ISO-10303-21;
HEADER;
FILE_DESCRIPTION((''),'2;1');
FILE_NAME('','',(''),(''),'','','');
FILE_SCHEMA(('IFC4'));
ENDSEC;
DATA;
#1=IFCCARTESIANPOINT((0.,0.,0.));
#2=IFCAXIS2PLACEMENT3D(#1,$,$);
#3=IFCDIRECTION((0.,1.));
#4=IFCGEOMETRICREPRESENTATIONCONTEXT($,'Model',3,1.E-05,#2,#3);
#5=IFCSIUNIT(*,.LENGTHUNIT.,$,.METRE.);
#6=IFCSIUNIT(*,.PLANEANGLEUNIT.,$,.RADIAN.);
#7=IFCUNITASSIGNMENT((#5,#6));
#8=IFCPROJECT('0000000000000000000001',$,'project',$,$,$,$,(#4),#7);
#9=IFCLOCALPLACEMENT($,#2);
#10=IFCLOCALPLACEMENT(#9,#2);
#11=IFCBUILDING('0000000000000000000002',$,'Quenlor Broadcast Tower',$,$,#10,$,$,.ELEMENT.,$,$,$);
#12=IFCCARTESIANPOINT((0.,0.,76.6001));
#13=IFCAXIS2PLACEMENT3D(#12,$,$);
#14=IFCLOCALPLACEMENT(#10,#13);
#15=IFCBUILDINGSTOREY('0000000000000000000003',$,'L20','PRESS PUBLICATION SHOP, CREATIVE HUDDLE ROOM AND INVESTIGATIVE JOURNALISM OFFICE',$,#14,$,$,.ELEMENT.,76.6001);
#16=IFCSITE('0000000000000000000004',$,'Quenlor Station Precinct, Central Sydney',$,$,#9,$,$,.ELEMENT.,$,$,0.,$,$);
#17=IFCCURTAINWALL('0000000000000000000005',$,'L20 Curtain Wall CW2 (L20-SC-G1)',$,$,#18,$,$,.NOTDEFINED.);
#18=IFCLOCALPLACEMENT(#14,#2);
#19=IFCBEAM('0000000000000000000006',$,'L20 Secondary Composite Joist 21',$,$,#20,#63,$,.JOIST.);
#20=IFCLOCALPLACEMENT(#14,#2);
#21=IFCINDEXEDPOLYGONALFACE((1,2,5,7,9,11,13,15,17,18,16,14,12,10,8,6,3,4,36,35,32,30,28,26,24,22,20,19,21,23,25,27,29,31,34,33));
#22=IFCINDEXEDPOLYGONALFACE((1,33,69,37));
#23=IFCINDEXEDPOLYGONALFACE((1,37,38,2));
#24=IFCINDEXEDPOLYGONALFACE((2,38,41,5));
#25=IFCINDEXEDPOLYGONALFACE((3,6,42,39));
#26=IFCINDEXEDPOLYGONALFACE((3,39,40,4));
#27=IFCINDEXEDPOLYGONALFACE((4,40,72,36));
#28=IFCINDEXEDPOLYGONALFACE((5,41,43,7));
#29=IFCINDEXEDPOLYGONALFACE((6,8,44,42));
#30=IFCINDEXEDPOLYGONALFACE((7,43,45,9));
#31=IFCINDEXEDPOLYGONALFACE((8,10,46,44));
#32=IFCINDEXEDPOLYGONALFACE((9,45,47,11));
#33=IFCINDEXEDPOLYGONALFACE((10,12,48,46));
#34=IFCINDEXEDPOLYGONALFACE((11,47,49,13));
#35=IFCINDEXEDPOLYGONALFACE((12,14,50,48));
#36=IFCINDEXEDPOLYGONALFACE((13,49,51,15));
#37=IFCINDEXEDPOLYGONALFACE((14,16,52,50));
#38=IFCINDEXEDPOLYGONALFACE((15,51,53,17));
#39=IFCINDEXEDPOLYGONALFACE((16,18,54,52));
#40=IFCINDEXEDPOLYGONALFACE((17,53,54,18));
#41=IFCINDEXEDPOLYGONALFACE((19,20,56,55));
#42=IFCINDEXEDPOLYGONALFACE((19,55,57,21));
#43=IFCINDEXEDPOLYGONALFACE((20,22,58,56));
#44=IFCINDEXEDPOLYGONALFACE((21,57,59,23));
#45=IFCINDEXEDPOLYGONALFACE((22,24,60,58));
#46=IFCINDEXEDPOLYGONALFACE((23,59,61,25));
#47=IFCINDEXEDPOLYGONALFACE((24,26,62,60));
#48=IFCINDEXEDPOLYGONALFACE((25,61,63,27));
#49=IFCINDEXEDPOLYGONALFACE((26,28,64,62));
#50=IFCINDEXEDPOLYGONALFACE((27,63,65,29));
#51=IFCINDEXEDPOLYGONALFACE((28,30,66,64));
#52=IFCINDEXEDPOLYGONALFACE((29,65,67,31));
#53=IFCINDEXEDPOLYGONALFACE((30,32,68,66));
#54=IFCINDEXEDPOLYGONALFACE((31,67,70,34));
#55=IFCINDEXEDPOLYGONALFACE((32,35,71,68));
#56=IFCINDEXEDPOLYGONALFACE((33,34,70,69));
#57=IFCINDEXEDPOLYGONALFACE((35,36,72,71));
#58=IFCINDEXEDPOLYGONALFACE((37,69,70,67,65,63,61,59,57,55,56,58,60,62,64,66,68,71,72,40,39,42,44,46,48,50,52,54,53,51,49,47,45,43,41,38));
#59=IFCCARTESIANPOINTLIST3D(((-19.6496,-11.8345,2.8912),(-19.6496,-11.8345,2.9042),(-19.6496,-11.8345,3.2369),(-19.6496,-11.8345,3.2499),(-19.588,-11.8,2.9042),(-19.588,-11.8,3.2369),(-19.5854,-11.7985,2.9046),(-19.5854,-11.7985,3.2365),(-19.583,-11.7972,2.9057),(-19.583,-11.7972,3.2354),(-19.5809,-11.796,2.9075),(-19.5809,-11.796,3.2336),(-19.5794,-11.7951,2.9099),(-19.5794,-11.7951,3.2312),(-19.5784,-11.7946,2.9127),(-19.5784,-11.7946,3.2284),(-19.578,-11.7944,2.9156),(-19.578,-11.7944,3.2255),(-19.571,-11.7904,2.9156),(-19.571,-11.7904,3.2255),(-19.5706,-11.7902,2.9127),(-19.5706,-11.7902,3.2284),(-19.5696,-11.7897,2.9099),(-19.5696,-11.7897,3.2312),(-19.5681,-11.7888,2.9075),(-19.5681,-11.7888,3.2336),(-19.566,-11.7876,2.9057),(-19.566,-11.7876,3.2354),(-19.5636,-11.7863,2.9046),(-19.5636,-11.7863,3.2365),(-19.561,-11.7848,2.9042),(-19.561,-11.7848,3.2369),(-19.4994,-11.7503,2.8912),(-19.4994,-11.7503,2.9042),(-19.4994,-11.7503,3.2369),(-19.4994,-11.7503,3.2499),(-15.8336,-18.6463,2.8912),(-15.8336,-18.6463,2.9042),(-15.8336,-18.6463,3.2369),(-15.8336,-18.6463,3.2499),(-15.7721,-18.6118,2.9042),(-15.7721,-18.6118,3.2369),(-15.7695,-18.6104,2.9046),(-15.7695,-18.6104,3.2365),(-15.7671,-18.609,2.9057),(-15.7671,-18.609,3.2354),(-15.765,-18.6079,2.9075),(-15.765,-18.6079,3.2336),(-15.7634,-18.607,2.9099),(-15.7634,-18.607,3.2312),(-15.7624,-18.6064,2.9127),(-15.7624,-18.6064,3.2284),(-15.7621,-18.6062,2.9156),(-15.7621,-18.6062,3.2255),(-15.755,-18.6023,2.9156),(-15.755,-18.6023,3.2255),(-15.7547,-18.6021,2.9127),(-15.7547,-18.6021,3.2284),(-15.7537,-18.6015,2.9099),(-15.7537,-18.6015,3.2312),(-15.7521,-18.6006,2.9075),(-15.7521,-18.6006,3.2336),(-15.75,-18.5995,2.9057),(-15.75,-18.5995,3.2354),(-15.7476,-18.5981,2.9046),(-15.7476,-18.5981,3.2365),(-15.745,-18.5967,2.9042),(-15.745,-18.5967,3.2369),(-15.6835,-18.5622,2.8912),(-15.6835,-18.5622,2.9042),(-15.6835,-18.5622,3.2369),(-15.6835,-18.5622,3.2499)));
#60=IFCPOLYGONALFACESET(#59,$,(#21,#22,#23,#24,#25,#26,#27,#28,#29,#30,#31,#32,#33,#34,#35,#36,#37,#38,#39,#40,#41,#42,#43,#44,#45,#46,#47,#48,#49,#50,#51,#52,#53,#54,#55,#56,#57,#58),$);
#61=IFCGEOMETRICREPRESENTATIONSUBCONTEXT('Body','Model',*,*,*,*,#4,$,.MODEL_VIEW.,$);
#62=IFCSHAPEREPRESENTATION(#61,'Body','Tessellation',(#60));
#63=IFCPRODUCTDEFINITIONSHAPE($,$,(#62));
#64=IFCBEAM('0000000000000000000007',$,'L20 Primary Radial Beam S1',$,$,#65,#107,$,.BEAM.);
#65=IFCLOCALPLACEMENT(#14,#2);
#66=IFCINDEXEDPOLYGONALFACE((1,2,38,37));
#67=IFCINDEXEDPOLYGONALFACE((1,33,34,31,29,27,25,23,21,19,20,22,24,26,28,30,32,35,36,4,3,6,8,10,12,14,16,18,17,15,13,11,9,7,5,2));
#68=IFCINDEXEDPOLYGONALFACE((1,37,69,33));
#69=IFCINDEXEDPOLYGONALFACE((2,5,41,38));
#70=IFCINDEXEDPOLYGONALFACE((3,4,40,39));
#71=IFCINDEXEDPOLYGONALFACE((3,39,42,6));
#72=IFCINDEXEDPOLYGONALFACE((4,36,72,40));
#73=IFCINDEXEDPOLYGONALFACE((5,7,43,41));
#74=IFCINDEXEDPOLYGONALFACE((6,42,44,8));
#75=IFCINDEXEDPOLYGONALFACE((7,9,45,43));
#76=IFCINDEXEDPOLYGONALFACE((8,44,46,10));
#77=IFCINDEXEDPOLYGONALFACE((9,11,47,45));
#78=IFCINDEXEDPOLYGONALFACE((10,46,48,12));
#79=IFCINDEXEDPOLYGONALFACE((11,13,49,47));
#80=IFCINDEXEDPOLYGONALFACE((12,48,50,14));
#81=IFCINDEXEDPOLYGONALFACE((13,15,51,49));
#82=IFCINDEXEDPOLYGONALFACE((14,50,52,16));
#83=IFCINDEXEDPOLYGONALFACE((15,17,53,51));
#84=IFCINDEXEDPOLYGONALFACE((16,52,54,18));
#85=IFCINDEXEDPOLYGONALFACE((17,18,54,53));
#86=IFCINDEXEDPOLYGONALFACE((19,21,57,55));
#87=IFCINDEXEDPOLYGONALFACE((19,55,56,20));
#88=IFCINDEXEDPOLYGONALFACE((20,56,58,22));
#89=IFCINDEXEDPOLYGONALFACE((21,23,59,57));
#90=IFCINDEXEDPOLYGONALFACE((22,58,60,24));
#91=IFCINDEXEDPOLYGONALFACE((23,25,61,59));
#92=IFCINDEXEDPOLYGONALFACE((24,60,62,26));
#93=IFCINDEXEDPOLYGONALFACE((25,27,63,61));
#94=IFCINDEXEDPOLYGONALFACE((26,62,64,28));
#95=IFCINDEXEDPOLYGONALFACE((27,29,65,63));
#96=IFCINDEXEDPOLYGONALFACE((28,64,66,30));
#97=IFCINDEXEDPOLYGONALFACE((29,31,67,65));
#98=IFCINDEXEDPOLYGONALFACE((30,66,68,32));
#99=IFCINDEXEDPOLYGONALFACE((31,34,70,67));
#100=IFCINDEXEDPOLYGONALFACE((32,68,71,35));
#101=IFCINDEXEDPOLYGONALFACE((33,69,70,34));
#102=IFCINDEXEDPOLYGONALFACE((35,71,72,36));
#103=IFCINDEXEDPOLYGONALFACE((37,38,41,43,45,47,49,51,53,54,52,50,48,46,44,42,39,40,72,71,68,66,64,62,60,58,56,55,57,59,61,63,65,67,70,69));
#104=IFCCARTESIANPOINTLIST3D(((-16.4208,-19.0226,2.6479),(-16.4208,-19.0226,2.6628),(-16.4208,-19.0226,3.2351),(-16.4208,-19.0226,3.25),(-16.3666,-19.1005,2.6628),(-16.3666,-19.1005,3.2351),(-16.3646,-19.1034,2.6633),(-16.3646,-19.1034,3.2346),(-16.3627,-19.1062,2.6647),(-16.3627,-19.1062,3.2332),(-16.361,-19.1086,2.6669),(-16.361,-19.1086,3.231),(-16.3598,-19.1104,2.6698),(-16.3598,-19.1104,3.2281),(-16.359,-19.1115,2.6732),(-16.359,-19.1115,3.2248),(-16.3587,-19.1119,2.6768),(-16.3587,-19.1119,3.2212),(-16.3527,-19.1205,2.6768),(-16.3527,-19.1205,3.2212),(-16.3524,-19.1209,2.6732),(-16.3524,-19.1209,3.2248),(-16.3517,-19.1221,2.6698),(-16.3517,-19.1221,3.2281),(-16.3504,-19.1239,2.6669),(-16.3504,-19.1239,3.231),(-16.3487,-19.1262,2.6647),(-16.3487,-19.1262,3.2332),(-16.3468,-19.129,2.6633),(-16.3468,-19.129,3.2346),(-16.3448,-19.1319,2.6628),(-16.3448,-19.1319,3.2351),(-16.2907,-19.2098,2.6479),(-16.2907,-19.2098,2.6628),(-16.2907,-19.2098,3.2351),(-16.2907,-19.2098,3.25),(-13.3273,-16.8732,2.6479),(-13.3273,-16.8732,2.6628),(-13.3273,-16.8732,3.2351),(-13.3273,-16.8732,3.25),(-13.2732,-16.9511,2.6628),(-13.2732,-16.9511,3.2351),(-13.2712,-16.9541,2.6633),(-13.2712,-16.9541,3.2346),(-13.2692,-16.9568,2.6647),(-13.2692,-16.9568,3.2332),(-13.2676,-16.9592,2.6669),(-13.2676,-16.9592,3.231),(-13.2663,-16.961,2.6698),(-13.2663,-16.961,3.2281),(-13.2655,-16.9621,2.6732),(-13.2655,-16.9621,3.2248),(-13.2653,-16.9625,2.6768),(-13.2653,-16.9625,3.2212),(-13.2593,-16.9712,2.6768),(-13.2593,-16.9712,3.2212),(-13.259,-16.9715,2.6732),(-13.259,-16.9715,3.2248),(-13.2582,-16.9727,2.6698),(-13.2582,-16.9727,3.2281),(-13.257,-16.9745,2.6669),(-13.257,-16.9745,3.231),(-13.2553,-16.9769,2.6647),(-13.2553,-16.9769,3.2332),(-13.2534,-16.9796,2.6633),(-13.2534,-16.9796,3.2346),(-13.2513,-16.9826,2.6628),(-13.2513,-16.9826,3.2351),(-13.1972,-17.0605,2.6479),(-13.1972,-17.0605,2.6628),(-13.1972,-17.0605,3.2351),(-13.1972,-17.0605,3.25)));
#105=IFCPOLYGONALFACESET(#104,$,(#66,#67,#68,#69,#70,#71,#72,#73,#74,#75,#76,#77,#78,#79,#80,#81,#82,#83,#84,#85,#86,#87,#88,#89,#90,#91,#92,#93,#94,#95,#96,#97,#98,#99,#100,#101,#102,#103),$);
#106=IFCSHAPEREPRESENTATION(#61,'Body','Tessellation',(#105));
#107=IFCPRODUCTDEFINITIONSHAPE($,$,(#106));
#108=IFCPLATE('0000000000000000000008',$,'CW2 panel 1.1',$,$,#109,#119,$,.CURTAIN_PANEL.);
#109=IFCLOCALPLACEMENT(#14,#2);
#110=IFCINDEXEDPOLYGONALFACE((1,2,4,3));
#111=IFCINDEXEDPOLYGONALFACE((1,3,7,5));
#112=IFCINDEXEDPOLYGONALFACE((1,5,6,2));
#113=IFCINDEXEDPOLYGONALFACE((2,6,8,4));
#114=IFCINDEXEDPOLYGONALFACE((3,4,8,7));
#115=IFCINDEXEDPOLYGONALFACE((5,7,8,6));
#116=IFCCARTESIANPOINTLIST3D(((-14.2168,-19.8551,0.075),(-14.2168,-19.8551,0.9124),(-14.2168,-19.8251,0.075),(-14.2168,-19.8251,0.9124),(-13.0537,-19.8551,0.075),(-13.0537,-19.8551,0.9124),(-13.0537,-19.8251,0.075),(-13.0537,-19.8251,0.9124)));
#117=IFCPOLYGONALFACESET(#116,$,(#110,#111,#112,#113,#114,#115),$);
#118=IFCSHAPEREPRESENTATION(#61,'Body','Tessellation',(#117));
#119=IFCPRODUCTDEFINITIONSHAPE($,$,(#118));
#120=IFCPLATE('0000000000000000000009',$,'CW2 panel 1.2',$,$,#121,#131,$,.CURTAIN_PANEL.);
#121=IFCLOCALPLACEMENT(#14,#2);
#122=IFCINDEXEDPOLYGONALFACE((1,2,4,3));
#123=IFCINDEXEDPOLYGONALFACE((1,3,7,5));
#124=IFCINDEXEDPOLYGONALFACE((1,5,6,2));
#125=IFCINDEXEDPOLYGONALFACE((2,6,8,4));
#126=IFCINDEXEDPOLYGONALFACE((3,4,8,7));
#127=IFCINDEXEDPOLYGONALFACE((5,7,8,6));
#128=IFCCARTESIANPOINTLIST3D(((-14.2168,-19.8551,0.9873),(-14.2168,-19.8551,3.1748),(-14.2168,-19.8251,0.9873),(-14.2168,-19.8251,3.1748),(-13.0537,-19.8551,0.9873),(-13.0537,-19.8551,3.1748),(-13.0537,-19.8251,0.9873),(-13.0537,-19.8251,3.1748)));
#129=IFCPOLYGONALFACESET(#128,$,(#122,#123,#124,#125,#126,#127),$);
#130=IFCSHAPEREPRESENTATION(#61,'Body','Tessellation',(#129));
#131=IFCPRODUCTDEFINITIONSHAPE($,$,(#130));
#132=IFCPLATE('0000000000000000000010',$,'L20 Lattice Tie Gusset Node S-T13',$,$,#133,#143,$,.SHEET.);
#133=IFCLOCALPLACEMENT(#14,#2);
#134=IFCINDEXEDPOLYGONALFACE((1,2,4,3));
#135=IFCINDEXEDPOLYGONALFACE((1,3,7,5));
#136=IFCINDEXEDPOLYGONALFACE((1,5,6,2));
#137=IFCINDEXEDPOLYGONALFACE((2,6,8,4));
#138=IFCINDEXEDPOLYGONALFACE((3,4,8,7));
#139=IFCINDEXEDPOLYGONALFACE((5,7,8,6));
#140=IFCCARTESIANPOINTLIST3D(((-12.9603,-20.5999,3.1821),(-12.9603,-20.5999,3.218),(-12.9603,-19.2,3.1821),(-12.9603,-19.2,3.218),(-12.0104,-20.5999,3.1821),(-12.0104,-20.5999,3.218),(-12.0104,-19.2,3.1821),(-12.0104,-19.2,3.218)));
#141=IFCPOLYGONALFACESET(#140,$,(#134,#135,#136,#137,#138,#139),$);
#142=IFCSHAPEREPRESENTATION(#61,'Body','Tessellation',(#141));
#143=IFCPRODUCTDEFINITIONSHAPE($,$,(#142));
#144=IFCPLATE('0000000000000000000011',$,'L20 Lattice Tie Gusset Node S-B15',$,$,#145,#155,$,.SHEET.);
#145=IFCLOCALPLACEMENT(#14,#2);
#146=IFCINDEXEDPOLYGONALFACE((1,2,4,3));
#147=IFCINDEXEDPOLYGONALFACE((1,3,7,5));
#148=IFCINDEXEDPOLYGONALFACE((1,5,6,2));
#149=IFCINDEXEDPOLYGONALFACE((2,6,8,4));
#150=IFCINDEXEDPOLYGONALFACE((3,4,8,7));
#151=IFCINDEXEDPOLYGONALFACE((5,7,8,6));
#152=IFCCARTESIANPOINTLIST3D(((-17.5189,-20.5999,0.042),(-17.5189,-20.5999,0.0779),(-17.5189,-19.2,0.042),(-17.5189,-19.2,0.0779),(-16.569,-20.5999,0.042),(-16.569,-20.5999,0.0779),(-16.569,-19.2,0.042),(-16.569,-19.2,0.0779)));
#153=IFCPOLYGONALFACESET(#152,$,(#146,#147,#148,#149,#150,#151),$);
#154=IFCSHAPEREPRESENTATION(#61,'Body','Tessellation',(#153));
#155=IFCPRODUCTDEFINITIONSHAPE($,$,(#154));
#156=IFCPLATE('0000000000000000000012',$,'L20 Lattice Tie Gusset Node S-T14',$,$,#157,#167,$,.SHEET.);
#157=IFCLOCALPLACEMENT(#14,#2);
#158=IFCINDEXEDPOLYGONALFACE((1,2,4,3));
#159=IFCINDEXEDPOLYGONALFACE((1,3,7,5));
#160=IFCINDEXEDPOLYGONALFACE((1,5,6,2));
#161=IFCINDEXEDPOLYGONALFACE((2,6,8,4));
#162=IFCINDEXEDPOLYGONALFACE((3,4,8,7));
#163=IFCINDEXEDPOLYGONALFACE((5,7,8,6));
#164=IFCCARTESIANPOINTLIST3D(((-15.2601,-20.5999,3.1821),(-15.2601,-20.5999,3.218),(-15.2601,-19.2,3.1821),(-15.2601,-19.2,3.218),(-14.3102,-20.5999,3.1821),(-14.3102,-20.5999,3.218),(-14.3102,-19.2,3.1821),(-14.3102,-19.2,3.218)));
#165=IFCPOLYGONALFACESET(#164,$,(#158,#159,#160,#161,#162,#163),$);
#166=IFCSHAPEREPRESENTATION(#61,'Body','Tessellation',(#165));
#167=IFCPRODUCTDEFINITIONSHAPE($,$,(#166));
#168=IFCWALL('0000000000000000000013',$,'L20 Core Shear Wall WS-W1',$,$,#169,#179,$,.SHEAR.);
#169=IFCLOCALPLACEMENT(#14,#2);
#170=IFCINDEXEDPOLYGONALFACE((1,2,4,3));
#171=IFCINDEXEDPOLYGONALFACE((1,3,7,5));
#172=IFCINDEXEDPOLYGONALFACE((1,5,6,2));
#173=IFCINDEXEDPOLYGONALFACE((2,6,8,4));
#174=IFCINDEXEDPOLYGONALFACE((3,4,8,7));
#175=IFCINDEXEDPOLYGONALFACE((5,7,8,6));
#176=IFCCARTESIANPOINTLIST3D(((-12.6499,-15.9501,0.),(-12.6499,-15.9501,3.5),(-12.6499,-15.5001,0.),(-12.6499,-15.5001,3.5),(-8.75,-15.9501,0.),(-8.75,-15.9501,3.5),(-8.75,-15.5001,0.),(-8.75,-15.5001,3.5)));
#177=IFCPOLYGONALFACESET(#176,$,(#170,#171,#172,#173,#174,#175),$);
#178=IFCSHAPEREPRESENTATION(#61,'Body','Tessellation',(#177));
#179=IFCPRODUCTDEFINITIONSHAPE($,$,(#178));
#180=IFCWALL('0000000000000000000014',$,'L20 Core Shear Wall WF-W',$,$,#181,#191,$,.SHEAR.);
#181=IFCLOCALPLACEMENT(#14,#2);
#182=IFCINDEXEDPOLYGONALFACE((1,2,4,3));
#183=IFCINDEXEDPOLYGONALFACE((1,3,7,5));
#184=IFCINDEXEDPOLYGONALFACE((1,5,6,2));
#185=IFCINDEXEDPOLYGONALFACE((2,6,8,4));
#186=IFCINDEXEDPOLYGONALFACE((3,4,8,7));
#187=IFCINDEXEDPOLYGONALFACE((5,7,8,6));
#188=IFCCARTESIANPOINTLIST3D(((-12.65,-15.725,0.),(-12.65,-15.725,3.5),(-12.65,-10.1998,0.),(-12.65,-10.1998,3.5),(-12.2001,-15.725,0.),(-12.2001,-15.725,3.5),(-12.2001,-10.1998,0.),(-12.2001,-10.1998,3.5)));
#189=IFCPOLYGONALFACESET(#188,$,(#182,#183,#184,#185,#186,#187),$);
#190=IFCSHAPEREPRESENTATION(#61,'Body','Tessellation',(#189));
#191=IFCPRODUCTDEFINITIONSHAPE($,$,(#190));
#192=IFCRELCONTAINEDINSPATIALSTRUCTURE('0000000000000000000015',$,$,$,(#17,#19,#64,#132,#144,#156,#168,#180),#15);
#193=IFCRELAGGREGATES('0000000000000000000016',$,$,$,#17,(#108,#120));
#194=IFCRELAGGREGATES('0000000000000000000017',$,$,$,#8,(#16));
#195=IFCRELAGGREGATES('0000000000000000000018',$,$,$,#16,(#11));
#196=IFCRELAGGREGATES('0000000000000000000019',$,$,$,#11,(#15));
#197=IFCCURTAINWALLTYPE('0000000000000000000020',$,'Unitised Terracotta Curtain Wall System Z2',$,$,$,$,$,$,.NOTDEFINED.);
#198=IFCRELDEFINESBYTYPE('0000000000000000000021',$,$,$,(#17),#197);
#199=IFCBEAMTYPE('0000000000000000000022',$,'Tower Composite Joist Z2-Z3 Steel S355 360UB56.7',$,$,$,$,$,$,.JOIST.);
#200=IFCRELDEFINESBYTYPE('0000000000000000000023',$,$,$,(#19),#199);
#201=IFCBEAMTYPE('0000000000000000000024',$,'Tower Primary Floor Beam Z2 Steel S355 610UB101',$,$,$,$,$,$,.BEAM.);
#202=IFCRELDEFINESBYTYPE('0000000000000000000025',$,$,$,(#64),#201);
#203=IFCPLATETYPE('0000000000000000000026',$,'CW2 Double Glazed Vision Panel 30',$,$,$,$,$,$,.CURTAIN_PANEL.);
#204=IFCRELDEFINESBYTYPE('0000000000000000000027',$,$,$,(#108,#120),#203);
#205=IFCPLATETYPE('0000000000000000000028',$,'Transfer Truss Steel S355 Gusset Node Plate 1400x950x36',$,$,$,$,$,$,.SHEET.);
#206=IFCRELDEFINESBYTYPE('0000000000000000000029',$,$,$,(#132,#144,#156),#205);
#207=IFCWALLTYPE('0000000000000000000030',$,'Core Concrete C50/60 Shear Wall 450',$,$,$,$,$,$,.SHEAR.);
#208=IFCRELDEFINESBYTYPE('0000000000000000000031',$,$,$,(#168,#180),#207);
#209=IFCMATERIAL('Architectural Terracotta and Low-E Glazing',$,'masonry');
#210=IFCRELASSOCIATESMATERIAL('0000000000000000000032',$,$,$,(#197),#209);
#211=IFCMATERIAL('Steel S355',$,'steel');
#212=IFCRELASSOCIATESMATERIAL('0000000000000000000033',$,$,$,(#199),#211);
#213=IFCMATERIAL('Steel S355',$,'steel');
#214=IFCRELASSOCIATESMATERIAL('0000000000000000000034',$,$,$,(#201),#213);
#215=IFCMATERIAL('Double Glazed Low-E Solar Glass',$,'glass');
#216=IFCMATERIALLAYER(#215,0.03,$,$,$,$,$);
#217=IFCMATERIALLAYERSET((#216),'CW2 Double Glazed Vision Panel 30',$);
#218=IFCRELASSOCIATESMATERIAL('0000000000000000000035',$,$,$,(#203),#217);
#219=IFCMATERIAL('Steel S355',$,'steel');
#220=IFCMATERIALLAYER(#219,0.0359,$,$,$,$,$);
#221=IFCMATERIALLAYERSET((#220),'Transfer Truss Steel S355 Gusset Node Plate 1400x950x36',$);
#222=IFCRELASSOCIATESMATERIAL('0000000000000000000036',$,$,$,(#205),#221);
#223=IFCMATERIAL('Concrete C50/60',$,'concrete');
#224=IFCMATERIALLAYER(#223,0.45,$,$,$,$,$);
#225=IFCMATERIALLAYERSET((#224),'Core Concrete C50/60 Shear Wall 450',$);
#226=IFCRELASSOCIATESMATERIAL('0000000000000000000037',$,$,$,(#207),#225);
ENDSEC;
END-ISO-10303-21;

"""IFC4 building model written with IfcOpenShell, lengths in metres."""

from ifc_helpers import new_model, si_unit, direction, frame, frame_2d, origin, origin_2d, place, context, subcontext, project, spatial, rectangle, i_section, extrude, material, layer, layer_set, material_profile, profile_set, type_object, element, aggregate, save


model = new_model("IFC4")

# Units and contexts
model_context = context("Model", 3, precision=1e-05, world=origin(), true_north=direction((0.0, 1.0)))
body_context = subcontext(model_context, "Body", "Model", "MODEL_VIEW")
ifc_project = project(units=[si_unit("LENGTHUNIT", "METRE"), si_unit("PLANEANGLEUNIT", "RADIAN")], contexts=[model_context])

# Site, building, storey
site_placement = place(None, origin())
site = spatial("IfcSite", under=ifc_project, at=site_placement, Name="Quenlor Station Precinct, Central Sydney", CompositionType="ELEMENT", RefElevation=0.0)
building_placement = place(site_placement, origin())
building = spatial("IfcBuilding", under=site, at=building_placement, Name="Quenlor Broadcast Tower", CompositionType="ELEMENT")
storey_placement = place(building_placement, frame((0.0, 0.0, 76.6001)))
storey = spatial("IfcBuildingStorey", under=building, at=storey_placement, Name="L20", Description="PRESS PUBLICATION SHOP, CREATIVE HUDDLE ROOM AND INVESTIGATIVE JOURNALISM OFFICE", CompositionType="ELEMENT", Elevation=76.6001)

# Curtain wall
ifc_material_1 = material(Name="Architectural Terracotta and Low-E Glazing", Category="masonry")
curtain_wall_type = type_object("IfcCurtainWallType", Name="Unitised Terracotta Curtain Wall System Z2", PredefinedType="NOTDEFINED", material=ifc_material_1)
curtain_wall_placement = place(storey_placement, origin())
curtain_wall = element("IfcCurtainWall", 1, at=curtain_wall_placement, inside=storey, type_object=curtain_wall_type, Name="L20 Curtain Wall CW2 (L20-SC-G1)", PredefinedType="NOTDEFINED")

# Beams
ifc_material_2 = material(Name="Steel S355", Category="steel")
ifc_material_profile_1 = material_profile(ifc_material_2, i_section(OverallWidth=0.1721, OverallDepth=0.3586, WebThickness=0.0081, FlangeThickness=0.0129, FilletRadius=0.0115, at=origin_2d()))
ifc_profile_set_1 = profile_set([ifc_material_profile_1], Name="Steel S355 360UB56.7")
beam_type_1 = type_object("IfcBeamType", Name="Tower Composite Joist Z2-Z3 Steel S355 360UB56.7", PredefinedType="JOIST", material=ifc_profile_set_1)
beam_1_placement = place(storey_placement, frame((-15.7585, -18.6042, 3.0706), z_axis=(-0.488733, 0.872433, 0.0), x_axis=(-0.872433, -0.488733, 0.0)))
element("IfcBeam", 2, at=beam_1_placement, inside=storey, type_object=beam_type_1, Name="L20 Secondary Composite Joist 21", PredefinedType="JOIST", context=body_context, shape_type="SweptSolid", body=[
    extrude(i_section(OverallWidth=0.1721, OverallDepth=0.3586, WebThickness=0.0081, FlangeThickness=0.0129, FilletRadius=0.0115, at=origin_2d()), origin(), (0.0, 0.0, 1.0), 7.8079),
])
ifc_material_3 = material(Name="Steel S355", Category="steel")
ifc_material_profile_2 = material_profile(ifc_material_3, i_section(OverallWidth=0.228, OverallDepth=0.6021, WebThickness=0.0105, FlangeThickness=0.0149, FilletRadius=0.0139, at=origin_2d()))
ifc_profile_set_2 = profile_set([ifc_material_profile_2], Name="Steel S355 610UB101")
beam_type_2 = type_object("IfcBeamType", Name="Tower Primary Floor Beam Z2 Steel S355 610UB101", PredefinedType="BEAM", material=ifc_profile_set_2)
beam_2_placement = place(storey_placement, frame((-16.3557, -19.1162, 2.949), z_axis=(0.821227, 0.570601, 0.0), x_axis=(-0.570601, 0.821227, 0.0)))
element("IfcBeam", 3, at=beam_2_placement, inside=storey, type_object=beam_type_2, Name="L20 Primary Radial Beam S1", PredefinedType="BEAM", context=body_context, shape_type="SweptSolid", body=[
    extrude(i_section(OverallWidth=0.228, OverallDepth=0.6021, WebThickness=0.0105, FlangeThickness=0.0149, FilletRadius=0.0139, at=origin_2d()), origin(), (0.0, 0.0, 1.0), 3.7668),
])

# Plates
ifc_material_4 = material(Name="Double Glazed Low-E Solar Glass", Category="glass")
ifc_layer_1 = layer(ifc_material_4, 0.03)
ifc_layer_set_1 = layer_set([ifc_layer_1], Name="CW2 Double Glazed Vision Panel 30")
plate_type_1 = type_object("IfcPlateType", Name="CW2 Double Glazed Vision Panel 30", PredefinedType="CURTAIN_PANEL", material=ifc_layer_set_1)
plate_1_placement = place(storey_placement, frame((-13.6353, -19.8401, 0.075), z_axis=(0.0, 0.0, 1.0), x_axis=(-1.0, 0.0, 0.0)))
plate_1 = element("IfcPlate", 4, at=plate_1_placement, type_object=plate_type_1, Name="CW2 panel 1.1", PredefinedType="CURTAIN_PANEL", context=body_context, shape_type="SweptSolid", body=[
    extrude(rectangle(XDim=1.1631, YDim=0.03, at=origin_2d()), origin(), (0.0, 0.0, 1.0), 0.8374),
])
plate_2_placement = place(storey_placement, frame((-13.6353, -19.8401, 0.9873), z_axis=(0.0, 0.0, 1.0), x_axis=(-1.0, 0.0, 0.0)))
plate_2 = element("IfcPlate", 5, at=plate_2_placement, type_object=plate_type_1, Name="CW2 panel 1.2", PredefinedType="CURTAIN_PANEL", context=body_context, shape_type="SweptSolid", body=[
    extrude(rectangle(XDim=1.1631, YDim=0.03, at=origin_2d()), origin(), (0.0, 0.0, 1.0), 2.1875),
])
aggregate(curtain_wall, [plate_1, plate_2])

# Plates
ifc_material_5 = material(Name="Steel S355", Category="steel")
ifc_layer_2 = layer(ifc_material_5, 0.0359)
ifc_layer_set_2 = layer_set([ifc_layer_2], Name="Transfer Truss Steel S355 Gusset Node Plate 1400x950x36")
plate_type_2 = type_object("IfcPlateType", Name="Transfer Truss Steel S355 Gusset Node Plate 1400x950x36", PredefinedType="SHEET", material=ifc_layer_set_2)
for number, where, z_axis, x_axis, name in (
    (6, (-12.4854, -19.8999, 3.1821), (0.0, 0.0, 1.0), (0.0, -1.0, 0.0), "L20 Lattice Tie Gusset Node S-T13"),
    (7, (-17.0439, -19.8999, 0.042), (0.0, 0.0, 1.0), (0.0, -1.0, 0.0), "L20 Lattice Tie Gusset Node S-B15"),
    (8, (-14.7852, -19.8999, 3.1821), (0.0, 0.0, 1.0), (0.0, -1.0, 0.0), "L20 Lattice Tie Gusset Node S-T14"),
):
    element("IfcPlate", number, at=place(storey_placement, frame(where, z_axis=z_axis, x_axis=x_axis)), inside=storey, type_object=plate_type_2, Name=name, PredefinedType="SHEET", context=body_context, shape_type="SweptSolid", body=[
        extrude(rectangle(XDim=1.3999, YDim=0.95, at=origin_2d()), origin(), (0.0, 0.0, 1.0), 0.0359),
    ])

# Walls
ifc_material_6 = material(Name="Concrete C50/60", Category="concrete")
ifc_layer_3 = layer(ifc_material_6, 0.45)
ifc_layer_set_3 = layer_set([ifc_layer_3], Name="Core Concrete C50/60 Shear Wall 450")
wall_type_1 = type_object("IfcWallType", Name="Core Concrete C50/60 Shear Wall 450", PredefinedType="SHEAR", material=ifc_layer_set_3)
wall_1_placement = place(storey_placement, frame((-12.6499, -15.7251, 0.0), z_axis=(0.0, 0.0, 1.0), x_axis=(1.0, 0.0, 0.0)))
element("IfcWall", 9, at=wall_1_placement, inside=storey, type_object=wall_type_1, Name="L20 Core Shear Wall WS-W1", PredefinedType="SHEAR", context=body_context, shape_type="SweptSolid", body=[
    extrude(rectangle(XDim=3.8999, YDim=0.45, at=frame_2d((1.95, 0.0))), origin(), (0.0, 0.0, 1.0), 3.5),
])
wall_2_placement = place(storey_placement, frame((-12.425, -15.7251, 0.0), z_axis=(0.0, 0.0, 1.0), x_axis=(0.0, 1.0, 0.0)))
element("IfcWall", 10, at=wall_2_placement, inside=storey, type_object=wall_type_1, Name="L20 Core Shear Wall WF-W", PredefinedType="SHEAR", context=body_context, shape_type="SweptSolid", body=[
    extrude(rectangle(XDim=5.5251, YDim=0.45, at=frame_2d((2.7627, 0.0))), origin(), (0.0, 0.0, 1.0), 3.5),
])

save(model, "model.ifc")
